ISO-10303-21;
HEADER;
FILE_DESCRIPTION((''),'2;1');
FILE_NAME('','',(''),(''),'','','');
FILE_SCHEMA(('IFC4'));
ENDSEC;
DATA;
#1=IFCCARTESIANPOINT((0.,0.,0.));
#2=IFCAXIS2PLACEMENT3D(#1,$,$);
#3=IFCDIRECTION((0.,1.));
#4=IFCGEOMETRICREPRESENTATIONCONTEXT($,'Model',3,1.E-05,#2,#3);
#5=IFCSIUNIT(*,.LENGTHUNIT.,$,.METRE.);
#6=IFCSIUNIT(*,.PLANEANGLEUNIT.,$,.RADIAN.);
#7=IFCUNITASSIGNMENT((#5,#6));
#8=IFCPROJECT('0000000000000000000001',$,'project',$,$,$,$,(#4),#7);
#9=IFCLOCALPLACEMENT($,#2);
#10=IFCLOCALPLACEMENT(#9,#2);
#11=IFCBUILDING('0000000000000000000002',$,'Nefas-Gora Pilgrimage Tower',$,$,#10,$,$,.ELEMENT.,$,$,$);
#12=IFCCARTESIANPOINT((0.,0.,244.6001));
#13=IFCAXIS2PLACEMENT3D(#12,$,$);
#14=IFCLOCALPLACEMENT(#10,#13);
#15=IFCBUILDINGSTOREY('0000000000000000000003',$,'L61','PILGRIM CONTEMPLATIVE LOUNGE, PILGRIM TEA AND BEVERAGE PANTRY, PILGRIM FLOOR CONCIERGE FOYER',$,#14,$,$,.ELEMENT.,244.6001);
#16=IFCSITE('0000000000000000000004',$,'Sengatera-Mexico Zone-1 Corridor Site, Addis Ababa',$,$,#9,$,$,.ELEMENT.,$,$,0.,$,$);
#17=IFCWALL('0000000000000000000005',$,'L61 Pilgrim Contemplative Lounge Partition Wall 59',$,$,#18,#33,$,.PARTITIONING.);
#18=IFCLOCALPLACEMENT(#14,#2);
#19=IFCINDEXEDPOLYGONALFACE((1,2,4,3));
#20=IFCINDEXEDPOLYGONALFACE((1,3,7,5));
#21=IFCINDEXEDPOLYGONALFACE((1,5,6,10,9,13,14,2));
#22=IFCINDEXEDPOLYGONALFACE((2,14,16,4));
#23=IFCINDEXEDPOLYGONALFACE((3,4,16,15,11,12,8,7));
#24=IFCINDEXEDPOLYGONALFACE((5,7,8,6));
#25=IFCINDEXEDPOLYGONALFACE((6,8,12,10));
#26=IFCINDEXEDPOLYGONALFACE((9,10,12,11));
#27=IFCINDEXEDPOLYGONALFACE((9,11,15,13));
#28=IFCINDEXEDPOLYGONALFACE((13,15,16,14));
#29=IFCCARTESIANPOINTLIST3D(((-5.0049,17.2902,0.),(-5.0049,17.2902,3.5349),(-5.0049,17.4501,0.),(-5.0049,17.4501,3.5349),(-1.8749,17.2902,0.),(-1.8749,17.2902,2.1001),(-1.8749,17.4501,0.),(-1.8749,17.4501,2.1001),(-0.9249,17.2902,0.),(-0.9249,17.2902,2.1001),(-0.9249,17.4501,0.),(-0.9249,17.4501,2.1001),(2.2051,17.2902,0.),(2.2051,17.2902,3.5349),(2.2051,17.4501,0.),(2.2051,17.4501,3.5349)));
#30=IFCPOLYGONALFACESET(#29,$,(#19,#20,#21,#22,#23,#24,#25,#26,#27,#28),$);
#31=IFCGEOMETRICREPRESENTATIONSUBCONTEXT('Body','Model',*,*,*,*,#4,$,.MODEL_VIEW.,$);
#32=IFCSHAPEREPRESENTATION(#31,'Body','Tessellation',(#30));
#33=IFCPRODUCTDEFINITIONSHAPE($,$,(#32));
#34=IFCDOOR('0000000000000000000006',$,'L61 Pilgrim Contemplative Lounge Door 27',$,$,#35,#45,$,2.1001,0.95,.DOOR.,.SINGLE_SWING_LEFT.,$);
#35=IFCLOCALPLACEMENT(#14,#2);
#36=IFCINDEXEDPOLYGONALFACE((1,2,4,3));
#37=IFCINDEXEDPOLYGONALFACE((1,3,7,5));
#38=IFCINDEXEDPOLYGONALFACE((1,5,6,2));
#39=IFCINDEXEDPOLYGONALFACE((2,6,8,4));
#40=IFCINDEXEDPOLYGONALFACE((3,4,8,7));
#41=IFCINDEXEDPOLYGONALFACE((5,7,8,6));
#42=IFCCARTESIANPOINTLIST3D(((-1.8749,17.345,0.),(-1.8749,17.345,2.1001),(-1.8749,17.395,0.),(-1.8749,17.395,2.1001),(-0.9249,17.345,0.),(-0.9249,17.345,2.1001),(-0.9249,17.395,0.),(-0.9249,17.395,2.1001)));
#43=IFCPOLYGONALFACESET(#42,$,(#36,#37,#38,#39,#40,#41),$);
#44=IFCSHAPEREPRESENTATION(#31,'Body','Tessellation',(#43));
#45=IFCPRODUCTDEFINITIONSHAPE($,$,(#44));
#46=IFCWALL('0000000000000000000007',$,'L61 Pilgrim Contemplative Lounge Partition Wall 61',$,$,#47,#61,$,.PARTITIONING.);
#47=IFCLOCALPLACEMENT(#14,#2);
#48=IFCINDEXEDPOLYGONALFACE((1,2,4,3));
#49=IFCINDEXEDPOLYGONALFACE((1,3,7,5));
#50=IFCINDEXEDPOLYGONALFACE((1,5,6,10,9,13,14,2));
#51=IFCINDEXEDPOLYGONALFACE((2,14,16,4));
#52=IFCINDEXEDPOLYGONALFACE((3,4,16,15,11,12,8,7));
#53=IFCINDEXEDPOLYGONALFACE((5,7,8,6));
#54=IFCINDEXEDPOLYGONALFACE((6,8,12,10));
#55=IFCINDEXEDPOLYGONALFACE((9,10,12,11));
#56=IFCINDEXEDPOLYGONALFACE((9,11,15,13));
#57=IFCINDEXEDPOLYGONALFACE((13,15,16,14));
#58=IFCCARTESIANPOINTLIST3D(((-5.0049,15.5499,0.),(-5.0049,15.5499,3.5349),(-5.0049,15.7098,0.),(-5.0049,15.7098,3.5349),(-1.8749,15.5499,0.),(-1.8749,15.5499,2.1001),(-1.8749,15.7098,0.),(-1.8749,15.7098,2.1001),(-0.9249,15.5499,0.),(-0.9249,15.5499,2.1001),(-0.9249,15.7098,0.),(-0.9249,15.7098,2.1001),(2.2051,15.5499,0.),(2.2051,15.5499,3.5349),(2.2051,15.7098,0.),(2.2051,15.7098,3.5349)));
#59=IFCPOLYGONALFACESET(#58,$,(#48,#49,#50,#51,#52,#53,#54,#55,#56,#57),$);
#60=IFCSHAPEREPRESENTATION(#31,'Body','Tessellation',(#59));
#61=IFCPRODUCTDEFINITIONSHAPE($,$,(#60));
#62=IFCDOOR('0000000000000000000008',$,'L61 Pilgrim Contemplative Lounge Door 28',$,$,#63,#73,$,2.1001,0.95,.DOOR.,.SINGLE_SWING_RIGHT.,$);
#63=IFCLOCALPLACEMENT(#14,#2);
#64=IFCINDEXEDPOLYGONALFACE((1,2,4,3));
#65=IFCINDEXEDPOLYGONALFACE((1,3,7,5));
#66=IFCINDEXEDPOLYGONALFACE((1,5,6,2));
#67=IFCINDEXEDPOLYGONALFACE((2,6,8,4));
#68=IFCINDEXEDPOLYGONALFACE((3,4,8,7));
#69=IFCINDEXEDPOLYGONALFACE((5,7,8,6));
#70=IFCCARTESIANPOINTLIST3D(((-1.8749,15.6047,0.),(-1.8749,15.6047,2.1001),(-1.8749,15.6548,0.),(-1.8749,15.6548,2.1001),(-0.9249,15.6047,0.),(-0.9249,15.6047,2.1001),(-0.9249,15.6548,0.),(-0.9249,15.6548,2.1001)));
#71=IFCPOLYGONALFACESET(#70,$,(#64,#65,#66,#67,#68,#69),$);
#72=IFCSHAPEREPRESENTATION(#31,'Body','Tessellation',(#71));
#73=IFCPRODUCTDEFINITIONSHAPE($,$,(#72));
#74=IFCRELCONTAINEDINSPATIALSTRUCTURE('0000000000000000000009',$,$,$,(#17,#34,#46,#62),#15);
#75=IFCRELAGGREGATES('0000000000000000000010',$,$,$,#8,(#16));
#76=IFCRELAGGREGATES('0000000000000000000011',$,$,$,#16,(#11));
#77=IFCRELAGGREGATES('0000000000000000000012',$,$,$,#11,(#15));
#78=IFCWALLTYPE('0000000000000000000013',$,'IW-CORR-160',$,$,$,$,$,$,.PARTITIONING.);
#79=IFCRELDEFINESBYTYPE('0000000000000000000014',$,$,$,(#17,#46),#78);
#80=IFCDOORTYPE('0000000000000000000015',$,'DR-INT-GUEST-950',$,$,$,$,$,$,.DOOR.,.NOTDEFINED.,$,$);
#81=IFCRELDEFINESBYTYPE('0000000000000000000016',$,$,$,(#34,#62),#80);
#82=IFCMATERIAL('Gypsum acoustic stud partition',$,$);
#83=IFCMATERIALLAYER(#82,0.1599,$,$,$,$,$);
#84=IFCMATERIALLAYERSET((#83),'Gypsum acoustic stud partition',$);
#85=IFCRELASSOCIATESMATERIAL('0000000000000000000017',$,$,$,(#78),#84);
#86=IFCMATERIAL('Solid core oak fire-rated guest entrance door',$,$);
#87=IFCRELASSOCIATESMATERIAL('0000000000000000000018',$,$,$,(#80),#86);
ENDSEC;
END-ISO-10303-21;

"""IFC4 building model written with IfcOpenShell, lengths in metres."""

from ifc_helpers import new_model, si_unit, direction, frame, frame_2d, origin, place, context, subcontext, project, spatial, rectangle, extrude, source, transform, mapped, material, layer, layer_set, type_object, element, fill, save


model = new_model("IFC4")

# Units and contexts
model_context = context("Model", 3, precision=1e-05, world=origin(), true_north=direction((0.0, 1.0)))
body_context = subcontext(model_context, "Body", "Model", "MODEL_VIEW")
ifc_project = project(units=[si_unit("LENGTHUNIT", "METRE"), si_unit("PLANEANGLEUNIT", "RADIAN")], contexts=[model_context])

# Site, building, storey
site_placement = place(None, origin())
site = spatial("IfcSite", under=ifc_project, at=site_placement, Name="Sengatera-Mexico Zone-1 Corridor Site, Addis Ababa", CompositionType="ELEMENT", RefElevation=0.0)
building_placement = place(site_placement, origin())
building = spatial("IfcBuilding", under=site, at=building_placement, Name="Nefas-Gora Pilgrimage Tower", CompositionType="ELEMENT")
storey_placement = place(building_placement, frame((0.0, 0.0, 244.6001)))
storey = spatial("IfcBuildingStorey", under=building, at=storey_placement, Name="L61", Description="PILGRIM CONTEMPLATIVE LOUNGE, PILGRIM TEA AND BEVERAGE PANTRY, PILGRIM FLOOR CONCIERGE FOYER", CompositionType="ELEMENT", Elevation=244.6001)

# Shared definitions
ifc_material_1 = material(Name="Gypsum acoustic stud partition")
ifc_layer_1 = layer(ifc_material_1, 0.1599)
ifc_layer_set_1 = layer_set([ifc_layer_1], Name="Gypsum acoustic stud partition")
wall_type_1 = type_object("IfcWallType", Name="IW-CORR-160", PredefinedType="PARTITIONING", material=ifc_layer_set_1)
ifc_material_2 = material(Name="Solid core oak fire-rated guest entrance door")
door_type_1 = type_object("IfcDoorType", Name="DR-INT-GUEST-950", OperationType="NOTDEFINED", PredefinedType="DOOR", material=ifc_material_2)
shared_shape_1 = source(origin(), body_context, "Body", "SweptSolid", [
    extrude(rectangle(XDim=0.95, YDim=2.1001, at=frame_2d((0.4751, 1.05))), frame((0.0, 0.0249, 0.0), z_axis=(0.0, -1.0, 0.0), x_axis=(1.0, 0.0, 0.0)), (0.0, 0.0, 1.0), 0.05),
])

# Walls, openings, doors
shared_shape_2 = source(origin(), body_context, "Body", "SweptSolid", [
    extrude(rectangle(XDim=7.21, YDim=0.1599, at=frame_2d((3.605, 0.0))), origin(), (0.0, 0.0, 1.0), 3.5349),
])
wall_1_placement = place(storey_placement, frame((-5.0049, 17.3701, 0.0), z_axis=(0.0, 0.0, 1.0), x_axis=(1.0, 0.0, 0.0)))
wall_1 = element("IfcWall", 1, at=wall_1_placement, inside=storey, type_object=wall_type_1, Name="L61 Pilgrim Contemplative Lounge Partition Wall 59", PredefinedType="PARTITIONING", context=body_context, shape_type="MappedRepresentation", body=[
    mapped(shared_shape_2, transform((0.0, 0.0, 0.0), x_axis=(1.0, 0.0, 0.0), y_axis=(0.0, 1.0, 0.0), z_axis=(0.0, 0.0, 1.0), scale=1.0)),
])
opening_1_placement = place(wall_1_placement, frame((3.1299, 0.0, 0.0)))
opening_1 = element("IfcOpeningElement", 2, at=opening_1_placement, cuts=wall_1, PredefinedType="OPENING", context=body_context, shape_type="SweptSolid", body=[
    extrude(rectangle(XDim=0.95, YDim=2.1001, at=frame_2d((0.4751, 1.05))), frame((0.0, 0.0898, 0.0), z_axis=(0.0, -1.0, 0.0), x_axis=(1.0, 0.0, 0.0)), (0.0, 0.0, 1.0), 0.1799),
])
door_1_placement = place(opening_1_placement, origin())
door_1 = element("IfcDoor", 3, at=door_1_placement, inside=storey, type_object=door_type_1, Name="L61 Pilgrim Contemplative Lounge Door 27", OperationType="SINGLE_SWING_LEFT", OverallHeight=2.1001, OverallWidth=0.95, PredefinedType="DOOR", context=body_context, shape_type="MappedRepresentation", body=[
    mapped(shared_shape_1, transform((0.0, 0.0, 0.0), x_axis=(1.0, 0.0, 0.0), y_axis=(0.0, 1.0, 0.0), z_axis=(0.0, 0.0, 1.0), scale=1.0)),
])
fill(opening_1, door_1)
wall_2_placement = place(storey_placement, frame((-5.0049, 15.6299, 0.0), z_axis=(0.0, 0.0, 1.0), x_axis=(1.0, 0.0, 0.0)))
wall_2 = element("IfcWall", 4, at=wall_2_placement, inside=storey, type_object=wall_type_1, Name="L61 Pilgrim Contemplative Lounge Partition Wall 61", PredefinedType="PARTITIONING", context=body_context, shape_type="MappedRepresentation", body=[
    mapped(shared_shape_2, transform((0.0, 0.0, 0.0), x_axis=(1.0, 0.0, 0.0), y_axis=(0.0, 1.0, 0.0), z_axis=(0.0, 0.0, 1.0), scale=1.0)),
])
opening_2_placement = place(wall_2_placement, frame((3.1299, 0.0, 0.0)))
opening_2 = element("IfcOpeningElement", 5, at=opening_2_placement, cuts=wall_2, PredefinedType="OPENING", context=body_context, shape_type="SweptSolid", body=[
    extrude(rectangle(XDim=0.95, YDim=2.1001, at=frame_2d((0.4751, 1.05))), frame((0.0, 0.0898, 0.0), z_axis=(0.0, -1.0, 0.0), x_axis=(1.0, 0.0, 0.0)), (0.0, 0.0, 1.0), 0.1799),
])
door_2_placement = place(opening_2_placement, origin())
door_2 = element("IfcDoor", 6, at=door_2_placement, inside=storey, type_object=door_type_1, Name="L61 Pilgrim Contemplative Lounge Door 28", OperationType="SINGLE_SWING_RIGHT", OverallHeight=2.1001, OverallWidth=0.95, PredefinedType="DOOR", context=body_context, shape_type="MappedRepresentation", body=[
    mapped(shared_shape_1, transform((0.0, 0.0, 0.0), x_axis=(1.0, 0.0, 0.0), y_axis=(0.0, 1.0, 0.0), z_axis=(0.0, 0.0, 1.0), scale=1.0)),
])
fill(opening_2, door_2)

save(model, "model.ifc")
